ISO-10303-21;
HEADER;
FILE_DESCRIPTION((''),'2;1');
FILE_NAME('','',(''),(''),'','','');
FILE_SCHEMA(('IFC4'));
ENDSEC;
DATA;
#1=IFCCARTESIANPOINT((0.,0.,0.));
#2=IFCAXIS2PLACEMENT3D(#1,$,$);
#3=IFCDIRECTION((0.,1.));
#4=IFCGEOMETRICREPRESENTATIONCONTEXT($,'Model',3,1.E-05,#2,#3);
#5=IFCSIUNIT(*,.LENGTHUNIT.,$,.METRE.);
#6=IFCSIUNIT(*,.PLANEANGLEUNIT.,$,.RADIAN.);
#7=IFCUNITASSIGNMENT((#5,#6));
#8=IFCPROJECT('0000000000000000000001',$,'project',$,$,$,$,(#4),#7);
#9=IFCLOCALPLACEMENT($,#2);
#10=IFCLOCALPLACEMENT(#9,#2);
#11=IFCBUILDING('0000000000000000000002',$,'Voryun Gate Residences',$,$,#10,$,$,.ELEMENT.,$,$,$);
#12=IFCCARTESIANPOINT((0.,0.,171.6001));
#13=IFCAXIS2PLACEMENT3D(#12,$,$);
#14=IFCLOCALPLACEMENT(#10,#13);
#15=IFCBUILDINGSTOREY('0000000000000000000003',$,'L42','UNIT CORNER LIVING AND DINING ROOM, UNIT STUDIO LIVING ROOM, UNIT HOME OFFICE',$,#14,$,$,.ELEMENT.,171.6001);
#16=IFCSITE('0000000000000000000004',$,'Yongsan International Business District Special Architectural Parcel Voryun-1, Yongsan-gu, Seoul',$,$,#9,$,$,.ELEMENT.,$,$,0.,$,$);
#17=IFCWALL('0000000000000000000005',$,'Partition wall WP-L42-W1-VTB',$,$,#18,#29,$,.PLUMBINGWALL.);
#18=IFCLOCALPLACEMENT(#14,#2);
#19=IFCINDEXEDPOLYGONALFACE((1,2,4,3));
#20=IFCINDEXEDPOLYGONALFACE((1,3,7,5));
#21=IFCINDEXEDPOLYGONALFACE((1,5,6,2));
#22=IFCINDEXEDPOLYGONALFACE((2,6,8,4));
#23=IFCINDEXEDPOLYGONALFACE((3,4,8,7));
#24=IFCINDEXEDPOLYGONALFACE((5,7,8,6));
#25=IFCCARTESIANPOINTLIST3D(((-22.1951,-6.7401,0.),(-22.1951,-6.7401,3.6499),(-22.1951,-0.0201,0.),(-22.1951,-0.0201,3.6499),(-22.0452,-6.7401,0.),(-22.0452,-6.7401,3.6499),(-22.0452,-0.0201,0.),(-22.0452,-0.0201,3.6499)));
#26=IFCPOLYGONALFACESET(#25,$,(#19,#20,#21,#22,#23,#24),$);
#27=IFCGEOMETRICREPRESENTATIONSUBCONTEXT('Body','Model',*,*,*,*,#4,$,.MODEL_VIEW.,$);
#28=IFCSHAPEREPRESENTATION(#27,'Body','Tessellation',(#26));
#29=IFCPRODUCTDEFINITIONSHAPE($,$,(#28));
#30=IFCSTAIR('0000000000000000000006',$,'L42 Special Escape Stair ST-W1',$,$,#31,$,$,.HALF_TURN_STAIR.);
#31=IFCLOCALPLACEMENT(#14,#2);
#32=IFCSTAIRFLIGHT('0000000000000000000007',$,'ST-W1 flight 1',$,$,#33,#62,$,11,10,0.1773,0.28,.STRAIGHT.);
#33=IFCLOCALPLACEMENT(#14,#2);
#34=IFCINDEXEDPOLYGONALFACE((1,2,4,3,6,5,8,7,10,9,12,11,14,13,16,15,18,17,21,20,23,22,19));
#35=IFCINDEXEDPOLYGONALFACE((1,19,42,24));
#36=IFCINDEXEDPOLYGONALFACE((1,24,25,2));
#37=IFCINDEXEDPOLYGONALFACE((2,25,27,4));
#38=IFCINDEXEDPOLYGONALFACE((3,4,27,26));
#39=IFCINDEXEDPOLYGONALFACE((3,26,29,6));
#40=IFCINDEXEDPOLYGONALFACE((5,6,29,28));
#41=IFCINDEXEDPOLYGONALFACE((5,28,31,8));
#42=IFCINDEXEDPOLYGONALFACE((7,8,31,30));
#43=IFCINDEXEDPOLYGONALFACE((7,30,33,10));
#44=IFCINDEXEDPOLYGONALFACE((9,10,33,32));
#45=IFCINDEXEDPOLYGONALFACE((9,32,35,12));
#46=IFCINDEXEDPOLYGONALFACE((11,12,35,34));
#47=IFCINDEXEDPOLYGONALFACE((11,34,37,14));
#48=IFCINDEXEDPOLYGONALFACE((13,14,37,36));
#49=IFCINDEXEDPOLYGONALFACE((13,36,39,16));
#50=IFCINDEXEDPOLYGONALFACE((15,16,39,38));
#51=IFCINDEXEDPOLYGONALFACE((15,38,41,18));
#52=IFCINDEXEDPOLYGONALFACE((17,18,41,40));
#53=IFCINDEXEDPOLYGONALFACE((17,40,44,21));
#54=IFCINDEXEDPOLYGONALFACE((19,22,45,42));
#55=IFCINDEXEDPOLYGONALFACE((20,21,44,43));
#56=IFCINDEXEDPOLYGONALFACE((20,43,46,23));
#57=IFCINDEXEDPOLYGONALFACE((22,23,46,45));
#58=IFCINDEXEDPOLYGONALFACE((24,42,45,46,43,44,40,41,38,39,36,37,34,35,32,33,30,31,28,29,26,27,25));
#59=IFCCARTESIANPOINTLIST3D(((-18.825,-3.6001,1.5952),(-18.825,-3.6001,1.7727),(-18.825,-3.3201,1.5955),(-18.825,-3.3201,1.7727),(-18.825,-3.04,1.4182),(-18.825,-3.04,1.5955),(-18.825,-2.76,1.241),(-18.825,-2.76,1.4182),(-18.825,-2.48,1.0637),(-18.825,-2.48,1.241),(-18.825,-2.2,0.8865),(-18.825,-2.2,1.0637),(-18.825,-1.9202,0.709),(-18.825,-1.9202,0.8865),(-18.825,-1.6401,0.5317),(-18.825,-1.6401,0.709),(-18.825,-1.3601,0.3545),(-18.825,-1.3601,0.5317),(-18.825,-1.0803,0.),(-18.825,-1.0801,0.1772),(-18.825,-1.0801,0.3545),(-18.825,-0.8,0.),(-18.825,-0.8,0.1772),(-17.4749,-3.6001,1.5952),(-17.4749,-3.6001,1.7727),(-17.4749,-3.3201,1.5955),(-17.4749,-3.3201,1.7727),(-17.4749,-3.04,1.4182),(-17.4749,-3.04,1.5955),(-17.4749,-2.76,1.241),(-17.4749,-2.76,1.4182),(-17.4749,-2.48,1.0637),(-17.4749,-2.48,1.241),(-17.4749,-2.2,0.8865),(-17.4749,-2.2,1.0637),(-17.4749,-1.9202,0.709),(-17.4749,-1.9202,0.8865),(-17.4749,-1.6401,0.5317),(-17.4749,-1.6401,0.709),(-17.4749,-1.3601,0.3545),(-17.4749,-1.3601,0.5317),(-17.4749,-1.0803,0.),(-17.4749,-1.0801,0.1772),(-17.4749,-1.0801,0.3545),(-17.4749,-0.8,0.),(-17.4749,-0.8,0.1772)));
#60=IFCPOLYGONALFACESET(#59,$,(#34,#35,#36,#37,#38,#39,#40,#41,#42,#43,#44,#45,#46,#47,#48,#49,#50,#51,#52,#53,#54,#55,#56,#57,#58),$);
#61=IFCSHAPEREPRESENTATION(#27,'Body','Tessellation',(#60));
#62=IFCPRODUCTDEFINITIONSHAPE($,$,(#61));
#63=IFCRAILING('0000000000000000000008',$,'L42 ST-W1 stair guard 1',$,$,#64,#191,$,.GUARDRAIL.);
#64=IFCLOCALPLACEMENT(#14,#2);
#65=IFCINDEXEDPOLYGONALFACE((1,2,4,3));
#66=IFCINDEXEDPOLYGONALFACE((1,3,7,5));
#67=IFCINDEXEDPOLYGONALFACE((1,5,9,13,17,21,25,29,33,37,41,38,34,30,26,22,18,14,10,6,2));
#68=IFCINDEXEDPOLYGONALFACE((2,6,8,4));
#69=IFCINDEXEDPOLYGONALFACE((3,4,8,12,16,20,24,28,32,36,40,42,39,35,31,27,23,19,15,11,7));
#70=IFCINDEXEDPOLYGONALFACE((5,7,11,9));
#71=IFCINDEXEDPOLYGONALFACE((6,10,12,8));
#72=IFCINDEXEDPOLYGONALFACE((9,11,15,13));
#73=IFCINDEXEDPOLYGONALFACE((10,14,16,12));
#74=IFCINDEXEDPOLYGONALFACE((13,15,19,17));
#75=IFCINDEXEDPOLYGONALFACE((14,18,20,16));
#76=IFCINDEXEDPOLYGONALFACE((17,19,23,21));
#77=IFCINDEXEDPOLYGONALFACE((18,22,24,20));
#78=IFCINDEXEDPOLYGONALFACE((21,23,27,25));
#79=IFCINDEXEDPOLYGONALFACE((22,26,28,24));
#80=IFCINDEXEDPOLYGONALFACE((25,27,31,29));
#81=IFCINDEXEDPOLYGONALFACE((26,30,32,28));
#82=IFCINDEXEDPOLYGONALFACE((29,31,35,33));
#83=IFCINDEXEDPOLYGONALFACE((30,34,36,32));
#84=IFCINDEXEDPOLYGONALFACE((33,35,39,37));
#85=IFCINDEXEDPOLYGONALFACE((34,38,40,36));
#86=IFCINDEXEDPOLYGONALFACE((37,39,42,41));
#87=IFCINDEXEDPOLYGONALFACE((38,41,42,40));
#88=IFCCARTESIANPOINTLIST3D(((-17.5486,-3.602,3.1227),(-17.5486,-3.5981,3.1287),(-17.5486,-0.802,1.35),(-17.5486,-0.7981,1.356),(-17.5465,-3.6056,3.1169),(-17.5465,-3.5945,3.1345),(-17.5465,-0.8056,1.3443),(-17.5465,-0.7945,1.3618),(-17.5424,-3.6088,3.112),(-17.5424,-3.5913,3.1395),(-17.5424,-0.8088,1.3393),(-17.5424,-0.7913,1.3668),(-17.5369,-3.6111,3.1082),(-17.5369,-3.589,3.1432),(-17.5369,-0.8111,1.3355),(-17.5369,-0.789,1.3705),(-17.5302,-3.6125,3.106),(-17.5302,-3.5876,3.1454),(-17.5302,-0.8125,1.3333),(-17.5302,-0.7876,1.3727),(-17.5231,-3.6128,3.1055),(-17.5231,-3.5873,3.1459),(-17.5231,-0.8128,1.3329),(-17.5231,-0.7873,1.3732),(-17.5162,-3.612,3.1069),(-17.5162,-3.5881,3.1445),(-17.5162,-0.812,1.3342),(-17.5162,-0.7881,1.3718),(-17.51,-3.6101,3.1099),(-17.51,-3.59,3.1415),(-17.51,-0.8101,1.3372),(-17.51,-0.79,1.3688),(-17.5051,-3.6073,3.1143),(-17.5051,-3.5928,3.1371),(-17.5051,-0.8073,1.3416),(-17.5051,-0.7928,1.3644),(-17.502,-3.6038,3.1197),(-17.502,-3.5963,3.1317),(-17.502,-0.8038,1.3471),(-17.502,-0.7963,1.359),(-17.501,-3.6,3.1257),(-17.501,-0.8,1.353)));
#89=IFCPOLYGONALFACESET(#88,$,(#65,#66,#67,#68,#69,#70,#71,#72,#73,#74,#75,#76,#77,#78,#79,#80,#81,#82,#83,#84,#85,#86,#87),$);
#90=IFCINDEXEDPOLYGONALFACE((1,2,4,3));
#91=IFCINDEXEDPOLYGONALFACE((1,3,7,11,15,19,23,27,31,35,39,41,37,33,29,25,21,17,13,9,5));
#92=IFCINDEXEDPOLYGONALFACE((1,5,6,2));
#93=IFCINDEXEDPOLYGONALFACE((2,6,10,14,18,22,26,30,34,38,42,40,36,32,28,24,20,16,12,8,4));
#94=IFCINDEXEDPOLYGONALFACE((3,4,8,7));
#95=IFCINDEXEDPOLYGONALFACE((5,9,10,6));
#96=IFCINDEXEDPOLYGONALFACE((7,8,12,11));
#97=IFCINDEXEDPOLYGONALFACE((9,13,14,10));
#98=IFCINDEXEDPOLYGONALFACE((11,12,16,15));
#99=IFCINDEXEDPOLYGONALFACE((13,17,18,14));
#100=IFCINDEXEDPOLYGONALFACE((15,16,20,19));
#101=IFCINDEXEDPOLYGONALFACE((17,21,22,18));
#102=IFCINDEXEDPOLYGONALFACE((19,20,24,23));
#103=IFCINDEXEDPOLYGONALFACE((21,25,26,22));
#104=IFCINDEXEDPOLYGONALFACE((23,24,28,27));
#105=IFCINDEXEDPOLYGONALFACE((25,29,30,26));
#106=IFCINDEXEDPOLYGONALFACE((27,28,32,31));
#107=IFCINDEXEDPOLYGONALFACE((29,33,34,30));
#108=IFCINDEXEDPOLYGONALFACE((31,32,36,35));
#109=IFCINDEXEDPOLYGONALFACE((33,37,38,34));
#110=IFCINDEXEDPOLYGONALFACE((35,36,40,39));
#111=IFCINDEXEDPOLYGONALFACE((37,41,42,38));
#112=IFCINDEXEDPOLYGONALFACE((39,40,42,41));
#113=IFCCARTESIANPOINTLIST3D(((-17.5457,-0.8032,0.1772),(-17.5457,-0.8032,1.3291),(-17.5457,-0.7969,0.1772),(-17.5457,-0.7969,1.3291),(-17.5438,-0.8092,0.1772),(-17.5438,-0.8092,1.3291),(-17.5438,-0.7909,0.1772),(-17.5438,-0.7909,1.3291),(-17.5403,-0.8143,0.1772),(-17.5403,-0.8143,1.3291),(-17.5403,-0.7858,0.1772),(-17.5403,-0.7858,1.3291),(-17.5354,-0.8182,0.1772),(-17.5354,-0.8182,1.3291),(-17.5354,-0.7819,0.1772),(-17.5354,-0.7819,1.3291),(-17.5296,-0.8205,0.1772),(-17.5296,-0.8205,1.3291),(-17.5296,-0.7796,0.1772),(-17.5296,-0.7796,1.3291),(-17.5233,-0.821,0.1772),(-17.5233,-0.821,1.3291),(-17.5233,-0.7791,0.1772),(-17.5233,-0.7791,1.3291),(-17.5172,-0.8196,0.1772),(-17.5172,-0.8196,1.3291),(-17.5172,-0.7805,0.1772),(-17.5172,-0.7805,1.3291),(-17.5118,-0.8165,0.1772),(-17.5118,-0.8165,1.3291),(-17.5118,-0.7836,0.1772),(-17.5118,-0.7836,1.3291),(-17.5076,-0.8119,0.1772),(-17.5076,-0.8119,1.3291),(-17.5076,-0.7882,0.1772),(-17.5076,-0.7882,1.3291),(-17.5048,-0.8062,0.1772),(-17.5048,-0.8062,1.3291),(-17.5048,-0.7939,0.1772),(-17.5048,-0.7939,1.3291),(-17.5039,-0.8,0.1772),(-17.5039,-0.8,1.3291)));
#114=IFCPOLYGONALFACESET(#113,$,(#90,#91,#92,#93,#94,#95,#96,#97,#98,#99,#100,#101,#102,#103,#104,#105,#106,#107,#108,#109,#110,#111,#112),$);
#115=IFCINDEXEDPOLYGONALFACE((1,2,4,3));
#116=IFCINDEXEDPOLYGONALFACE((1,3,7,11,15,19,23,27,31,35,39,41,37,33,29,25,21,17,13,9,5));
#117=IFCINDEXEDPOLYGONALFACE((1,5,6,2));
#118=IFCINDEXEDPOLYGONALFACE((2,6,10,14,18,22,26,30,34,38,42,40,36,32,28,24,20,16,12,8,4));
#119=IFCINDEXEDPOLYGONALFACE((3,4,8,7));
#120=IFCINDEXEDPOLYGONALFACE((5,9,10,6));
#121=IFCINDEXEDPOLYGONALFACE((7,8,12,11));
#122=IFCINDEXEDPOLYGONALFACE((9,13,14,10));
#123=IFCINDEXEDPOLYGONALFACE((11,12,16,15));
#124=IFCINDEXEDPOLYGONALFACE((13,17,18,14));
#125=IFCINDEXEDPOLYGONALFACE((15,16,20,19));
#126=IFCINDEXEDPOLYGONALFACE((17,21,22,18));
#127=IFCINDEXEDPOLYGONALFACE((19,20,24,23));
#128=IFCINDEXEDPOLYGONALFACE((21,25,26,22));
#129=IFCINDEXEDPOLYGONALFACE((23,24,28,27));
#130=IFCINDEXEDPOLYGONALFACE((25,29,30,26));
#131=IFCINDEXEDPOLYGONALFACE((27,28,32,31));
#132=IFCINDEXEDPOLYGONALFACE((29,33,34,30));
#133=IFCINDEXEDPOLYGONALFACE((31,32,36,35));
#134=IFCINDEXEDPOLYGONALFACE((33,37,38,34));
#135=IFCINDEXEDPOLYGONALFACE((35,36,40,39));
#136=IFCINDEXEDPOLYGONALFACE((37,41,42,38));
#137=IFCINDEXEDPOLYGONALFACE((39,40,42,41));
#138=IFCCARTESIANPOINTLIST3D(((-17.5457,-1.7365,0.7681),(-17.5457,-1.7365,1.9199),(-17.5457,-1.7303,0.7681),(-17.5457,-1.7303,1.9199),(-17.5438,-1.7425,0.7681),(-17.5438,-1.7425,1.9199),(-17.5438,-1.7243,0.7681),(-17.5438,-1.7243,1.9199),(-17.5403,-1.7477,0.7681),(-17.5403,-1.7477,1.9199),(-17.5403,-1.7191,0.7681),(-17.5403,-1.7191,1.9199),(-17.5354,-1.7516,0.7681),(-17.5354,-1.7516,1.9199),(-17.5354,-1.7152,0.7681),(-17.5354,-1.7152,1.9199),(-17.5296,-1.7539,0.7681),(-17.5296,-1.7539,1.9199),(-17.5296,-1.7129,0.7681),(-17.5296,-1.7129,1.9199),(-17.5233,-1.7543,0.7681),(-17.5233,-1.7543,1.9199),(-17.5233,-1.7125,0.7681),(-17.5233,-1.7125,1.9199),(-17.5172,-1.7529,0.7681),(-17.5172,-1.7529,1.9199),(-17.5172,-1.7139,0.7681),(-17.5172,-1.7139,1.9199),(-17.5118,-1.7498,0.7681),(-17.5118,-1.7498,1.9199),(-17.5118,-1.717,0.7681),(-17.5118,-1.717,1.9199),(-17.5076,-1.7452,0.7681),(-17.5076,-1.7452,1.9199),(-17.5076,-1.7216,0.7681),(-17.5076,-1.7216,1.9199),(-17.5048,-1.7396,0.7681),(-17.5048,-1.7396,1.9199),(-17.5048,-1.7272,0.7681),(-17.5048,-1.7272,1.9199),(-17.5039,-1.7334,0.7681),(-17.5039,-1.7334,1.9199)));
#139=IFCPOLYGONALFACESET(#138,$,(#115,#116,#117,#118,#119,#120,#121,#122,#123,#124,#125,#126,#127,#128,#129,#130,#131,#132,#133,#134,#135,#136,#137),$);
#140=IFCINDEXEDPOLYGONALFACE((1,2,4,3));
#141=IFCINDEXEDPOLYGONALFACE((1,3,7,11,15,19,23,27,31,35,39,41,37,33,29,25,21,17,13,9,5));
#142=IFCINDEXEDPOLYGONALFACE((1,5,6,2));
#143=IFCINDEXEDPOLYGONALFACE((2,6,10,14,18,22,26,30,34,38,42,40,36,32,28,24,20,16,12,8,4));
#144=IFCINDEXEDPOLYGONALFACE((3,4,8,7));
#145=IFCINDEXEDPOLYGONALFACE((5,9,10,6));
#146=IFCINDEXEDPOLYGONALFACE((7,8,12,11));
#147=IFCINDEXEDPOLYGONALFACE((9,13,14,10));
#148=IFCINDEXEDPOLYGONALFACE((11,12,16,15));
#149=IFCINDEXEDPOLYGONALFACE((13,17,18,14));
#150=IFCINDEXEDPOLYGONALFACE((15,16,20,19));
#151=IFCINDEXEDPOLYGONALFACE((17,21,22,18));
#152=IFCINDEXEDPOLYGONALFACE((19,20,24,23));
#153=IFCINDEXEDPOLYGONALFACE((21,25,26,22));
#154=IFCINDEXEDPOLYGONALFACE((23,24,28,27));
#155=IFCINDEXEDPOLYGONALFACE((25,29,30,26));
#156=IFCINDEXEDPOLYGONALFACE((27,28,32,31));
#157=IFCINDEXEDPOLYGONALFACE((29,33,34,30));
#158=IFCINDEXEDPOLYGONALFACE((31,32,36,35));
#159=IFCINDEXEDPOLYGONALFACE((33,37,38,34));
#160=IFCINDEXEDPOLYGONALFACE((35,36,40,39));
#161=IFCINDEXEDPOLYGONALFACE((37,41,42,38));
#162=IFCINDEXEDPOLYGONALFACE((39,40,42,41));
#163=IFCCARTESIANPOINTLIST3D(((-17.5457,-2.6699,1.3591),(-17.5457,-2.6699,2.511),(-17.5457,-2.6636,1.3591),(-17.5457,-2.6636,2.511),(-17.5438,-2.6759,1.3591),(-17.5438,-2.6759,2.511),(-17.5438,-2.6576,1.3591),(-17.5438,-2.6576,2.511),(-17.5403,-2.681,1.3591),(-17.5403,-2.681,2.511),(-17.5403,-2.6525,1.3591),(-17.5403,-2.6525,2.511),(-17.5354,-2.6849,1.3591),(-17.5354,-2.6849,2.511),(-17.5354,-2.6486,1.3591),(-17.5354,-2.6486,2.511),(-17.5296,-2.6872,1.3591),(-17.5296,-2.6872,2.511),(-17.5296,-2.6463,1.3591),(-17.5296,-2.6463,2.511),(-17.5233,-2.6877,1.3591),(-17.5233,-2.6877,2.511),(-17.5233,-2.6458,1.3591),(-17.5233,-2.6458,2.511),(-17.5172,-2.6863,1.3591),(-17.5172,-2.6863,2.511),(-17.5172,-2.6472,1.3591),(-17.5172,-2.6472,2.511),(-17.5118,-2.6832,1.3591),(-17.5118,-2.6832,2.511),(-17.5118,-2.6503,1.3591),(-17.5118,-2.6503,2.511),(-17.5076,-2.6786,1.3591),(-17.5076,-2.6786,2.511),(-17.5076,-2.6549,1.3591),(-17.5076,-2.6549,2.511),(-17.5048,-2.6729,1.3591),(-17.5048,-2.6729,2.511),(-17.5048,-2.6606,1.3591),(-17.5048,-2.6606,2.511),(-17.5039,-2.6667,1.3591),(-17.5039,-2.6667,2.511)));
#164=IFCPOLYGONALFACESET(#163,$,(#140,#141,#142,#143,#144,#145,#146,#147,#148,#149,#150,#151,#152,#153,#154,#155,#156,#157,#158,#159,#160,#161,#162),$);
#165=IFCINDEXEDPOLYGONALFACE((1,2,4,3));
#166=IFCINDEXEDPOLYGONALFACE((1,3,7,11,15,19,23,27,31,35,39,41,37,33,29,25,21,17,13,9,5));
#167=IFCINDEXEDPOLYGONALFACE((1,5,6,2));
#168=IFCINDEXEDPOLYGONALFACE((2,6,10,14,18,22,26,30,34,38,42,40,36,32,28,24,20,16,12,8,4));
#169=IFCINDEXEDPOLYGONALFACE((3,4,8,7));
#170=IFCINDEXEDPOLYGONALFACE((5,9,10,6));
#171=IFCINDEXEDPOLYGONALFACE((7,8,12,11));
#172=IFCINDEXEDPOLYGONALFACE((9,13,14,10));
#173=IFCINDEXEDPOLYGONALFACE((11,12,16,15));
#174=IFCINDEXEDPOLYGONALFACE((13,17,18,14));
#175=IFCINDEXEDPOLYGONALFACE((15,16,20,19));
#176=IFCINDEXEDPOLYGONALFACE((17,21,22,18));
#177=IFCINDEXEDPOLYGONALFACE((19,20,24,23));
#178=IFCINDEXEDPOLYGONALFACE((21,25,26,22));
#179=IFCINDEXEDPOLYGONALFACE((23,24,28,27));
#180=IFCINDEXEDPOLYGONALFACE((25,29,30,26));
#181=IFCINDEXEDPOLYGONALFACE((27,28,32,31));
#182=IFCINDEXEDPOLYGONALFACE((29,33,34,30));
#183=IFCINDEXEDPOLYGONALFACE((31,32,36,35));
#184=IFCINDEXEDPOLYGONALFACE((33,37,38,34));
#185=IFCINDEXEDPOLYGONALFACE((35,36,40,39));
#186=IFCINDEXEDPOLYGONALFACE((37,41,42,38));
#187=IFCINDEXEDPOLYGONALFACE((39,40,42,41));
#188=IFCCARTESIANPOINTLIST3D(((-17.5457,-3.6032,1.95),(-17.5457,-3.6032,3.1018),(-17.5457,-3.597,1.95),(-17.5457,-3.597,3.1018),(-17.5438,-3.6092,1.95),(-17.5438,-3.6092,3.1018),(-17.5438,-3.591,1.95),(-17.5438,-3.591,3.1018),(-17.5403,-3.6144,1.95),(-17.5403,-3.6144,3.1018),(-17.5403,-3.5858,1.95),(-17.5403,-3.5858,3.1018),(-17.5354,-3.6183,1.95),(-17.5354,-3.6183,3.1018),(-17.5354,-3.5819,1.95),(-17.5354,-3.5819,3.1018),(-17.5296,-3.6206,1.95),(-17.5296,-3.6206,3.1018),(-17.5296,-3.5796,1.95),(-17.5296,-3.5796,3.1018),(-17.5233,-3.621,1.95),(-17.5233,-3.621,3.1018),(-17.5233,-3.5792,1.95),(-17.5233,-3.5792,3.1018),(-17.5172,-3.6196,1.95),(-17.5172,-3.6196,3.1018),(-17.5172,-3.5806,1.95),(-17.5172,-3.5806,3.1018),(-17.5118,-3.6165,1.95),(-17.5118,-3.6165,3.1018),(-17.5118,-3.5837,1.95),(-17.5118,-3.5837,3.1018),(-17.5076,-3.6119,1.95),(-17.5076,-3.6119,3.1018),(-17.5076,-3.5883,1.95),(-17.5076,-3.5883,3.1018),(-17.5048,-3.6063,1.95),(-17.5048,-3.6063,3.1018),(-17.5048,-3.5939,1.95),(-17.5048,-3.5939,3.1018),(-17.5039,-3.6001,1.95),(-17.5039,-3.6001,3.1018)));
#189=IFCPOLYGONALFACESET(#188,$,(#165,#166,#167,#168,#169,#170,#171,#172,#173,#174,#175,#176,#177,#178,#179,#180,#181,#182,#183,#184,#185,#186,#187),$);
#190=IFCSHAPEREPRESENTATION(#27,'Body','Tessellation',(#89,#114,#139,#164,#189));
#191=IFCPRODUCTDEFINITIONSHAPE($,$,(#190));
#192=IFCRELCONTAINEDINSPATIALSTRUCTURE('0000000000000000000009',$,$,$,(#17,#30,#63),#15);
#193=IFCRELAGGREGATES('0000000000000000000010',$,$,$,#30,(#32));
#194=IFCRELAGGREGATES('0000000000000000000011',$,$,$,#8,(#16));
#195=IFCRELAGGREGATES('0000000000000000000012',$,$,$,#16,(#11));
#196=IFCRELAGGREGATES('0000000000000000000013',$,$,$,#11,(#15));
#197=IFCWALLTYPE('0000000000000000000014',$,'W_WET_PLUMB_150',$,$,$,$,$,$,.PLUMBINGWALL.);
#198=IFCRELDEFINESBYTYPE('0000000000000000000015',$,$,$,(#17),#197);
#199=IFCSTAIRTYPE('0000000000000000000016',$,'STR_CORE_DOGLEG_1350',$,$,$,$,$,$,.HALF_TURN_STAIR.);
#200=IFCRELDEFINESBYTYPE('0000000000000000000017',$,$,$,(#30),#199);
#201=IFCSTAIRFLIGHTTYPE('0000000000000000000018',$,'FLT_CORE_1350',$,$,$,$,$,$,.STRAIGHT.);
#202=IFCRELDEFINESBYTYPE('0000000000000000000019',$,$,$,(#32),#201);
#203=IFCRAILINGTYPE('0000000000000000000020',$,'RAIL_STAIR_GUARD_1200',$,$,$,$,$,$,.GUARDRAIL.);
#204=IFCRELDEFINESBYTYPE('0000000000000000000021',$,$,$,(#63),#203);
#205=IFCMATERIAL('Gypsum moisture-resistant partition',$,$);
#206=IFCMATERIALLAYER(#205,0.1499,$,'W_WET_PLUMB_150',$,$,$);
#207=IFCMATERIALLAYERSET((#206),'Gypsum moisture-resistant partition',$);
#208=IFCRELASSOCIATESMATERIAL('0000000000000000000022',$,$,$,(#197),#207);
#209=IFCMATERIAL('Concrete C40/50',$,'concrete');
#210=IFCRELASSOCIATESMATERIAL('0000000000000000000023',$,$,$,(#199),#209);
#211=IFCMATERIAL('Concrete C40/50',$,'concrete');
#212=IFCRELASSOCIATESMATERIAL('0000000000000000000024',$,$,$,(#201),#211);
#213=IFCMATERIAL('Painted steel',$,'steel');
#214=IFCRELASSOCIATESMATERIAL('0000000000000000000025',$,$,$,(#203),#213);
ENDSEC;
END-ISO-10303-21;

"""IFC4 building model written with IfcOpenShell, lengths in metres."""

from ifc_helpers import new_model, si_unit, direction, frame, frame_2d, origin, origin_2d, place, context, subcontext, project, spatial, polyline, rectangle, circle, outline, extrude, material, layer, layer_set, type_object, element, aggregate, save


model = new_model("IFC4")

# Units and contexts
model_context = context("Model", 3, precision=1e-05, world=origin(), true_north=direction((0.0, 1.0)))
body_context = subcontext(model_context, "Body", "Model", "MODEL_VIEW")
ifc_project = project(units=[si_unit("LENGTHUNIT", "METRE"), si_unit("PLANEANGLEUNIT", "RADIAN")], contexts=[model_context])

# Site, building, storey
site_placement = place(None, origin())
site = spatial("IfcSite", under=ifc_project, at=site_placement, Name="Yongsan International Business District Special Architectural Parcel Voryun-1, Yongsan-gu, Seoul", CompositionType="ELEMENT", RefElevation=0.0)
building_placement = place(site_placement, origin())
building = spatial("IfcBuilding", under=site, at=building_placement, Name="Voryun Gate Residences", CompositionType="ELEMENT")
storey_placement = place(building_placement, frame((0.0, 0.0, 171.6001)))
storey = spatial("IfcBuildingStorey", under=building, at=storey_placement, Name="L42", Description="UNIT CORNER LIVING AND DINING ROOM, UNIT STUDIO LIVING ROOM, UNIT HOME OFFICE", CompositionType="ELEMENT", Elevation=171.6001)

# Shared definitions
ifc_material_1 = material(Name="Gypsum moisture-resistant partition")
ifc_layer_1 = layer(ifc_material_1, 0.1499, Name="W_WET_PLUMB_150")
ifc_layer_set_1 = layer_set([ifc_layer_1], Name="Gypsum moisture-resistant partition")
wall_type_1 = type_object("IfcWallType", Name="W_WET_PLUMB_150", PredefinedType="PLUMBINGWALL", material=ifc_layer_set_1)

# Wall
wall_1_placement = place(storey_placement, frame((-22.1201, -6.74, 0.0), z_axis=(0.0, 0.0, 1.0), x_axis=(0.0, 1.0, 0.0)))
element("IfcWall", 1, at=wall_1_placement, inside=storey, type_object=wall_type_1, Name="Partition wall WP-L42-W1-VTB", PredefinedType="PLUMBINGWALL", context=body_context, shape_type="SweptSolid", body=[
    extrude(rectangle(XDim=6.72, YDim=0.1499, at=frame_2d((3.3599, 0.0))), origin(), (0.0, 0.0, 1.0), 3.6499),
])

# Stair, stair flight
ifc_material_2 = material(Name="Concrete C40/50", Category="concrete")
stair_type = type_object("IfcStairType", Name="STR_CORE_DOGLEG_1350", PredefinedType="HALF_TURN_STAIR", material=ifc_material_2)
stair_placement = place(storey_placement, origin())
stair = element("IfcStair", 2, at=stair_placement, inside=storey, type_object=stair_type, Name="L42 Special Escape Stair ST-W1", PredefinedType="HALF_TURN_STAIR")
ifc_material_3 = material(Name="Concrete C40/50", Category="concrete")
stair_flight_type = type_object("IfcStairFlightType", Name="FLT_CORE_1350", PredefinedType="STRAIGHT", material=ifc_material_3)
stair_flight_placement = place(storey_placement, frame((-18.1499, -0.8, 0.0), z_axis=(0.0, 0.0, 1.0), x_axis=(0.0, -1.0, 0.0)))
stair_flight = element("IfcStairFlight", 3, at=stair_flight_placement, type_object=stair_flight_type, Name="ST-W1 flight 1", NumberOfRisers=11, NumberOfTreads=10, PredefinedType="STRAIGHT", RiserHeight=0.1773, TreadLength=0.28, context=body_context, shape_type="SweptSolid", body=[
    extrude(outline(polyline([(0.0, 0.0), (0.0, 0.1772), (0.28, 0.1772), (0.28, 0.3545), (0.5601, 0.3545), (0.5601, 0.5317), (0.8401, 0.5317), (0.8401, 0.709), (1.1201, 0.709), (1.1201, 0.8865), (1.3999, 0.8865), (1.3999, 1.0637), (1.6799, 1.0637), (1.6799, 1.241), (1.96, 1.241), (1.96, 1.4182), (2.24, 1.4182), (2.24, 1.5955), (2.52, 1.5955), (2.52, 1.7727), (2.8, 1.7727), (2.8, 1.95), (2.8, 1.5952), (0.2803, 0.0), (0.0, 0.0)])), frame((0.0, 0.675, 0.0), z_axis=(0.0, -1.0, 0.0), x_axis=(1.0, 0.0, 0.0)), (0.0, 0.0, 1.0), 1.3501),
])
aggregate(stair, [stair_flight])

# Railing
ifc_material_4 = material(Name="Painted steel", Category="steel")
railing_type_1 = type_object("IfcRailingType", Name="RAIL_STAIR_GUARD_1200", PredefinedType="GUARDRAIL", material=ifc_material_4)
railing_1_placement = place(storey_placement, frame((-17.5249, -0.8, 0.1772)))
element("IfcRailing", 4, at=railing_1_placement, inside=storey, type_object=railing_type_1, Name="L42 ST-W1 stair guard 1", PredefinedType="GUARDRAIL", context=body_context, shape_type="SweptSolid", body=[
    extrude(circle(Radius=0.0239, at=origin_2d()), frame((0.0, 0.0, 1.1758), z_axis=(0.0, -0.844909, 0.53491), x_axis=(1.0, 0.0, 0.0)), (0.0, 0.0, 1.0), 3.314),
    extrude(circle(Radius=0.021, at=origin_2d()), origin(), (0.0, 0.0, 1.0), 1.1519),
    extrude(circle(Radius=0.021, at=origin_2d()), frame((0.0, -0.9333, 0.5908)), (0.0, 0.0, 1.0), 1.1519),
    extrude(circle(Radius=0.021, at=origin_2d()), frame((0.0, -1.8667, 1.1819)), (0.0, 0.0, 1.0), 1.1519),
    extrude(circle(Radius=0.021, at=origin_2d()), frame((0.0, -2.8, 1.7727)), (0.0, 0.0, 1.0), 1.1519),
])

save(model, "model.ifc")
